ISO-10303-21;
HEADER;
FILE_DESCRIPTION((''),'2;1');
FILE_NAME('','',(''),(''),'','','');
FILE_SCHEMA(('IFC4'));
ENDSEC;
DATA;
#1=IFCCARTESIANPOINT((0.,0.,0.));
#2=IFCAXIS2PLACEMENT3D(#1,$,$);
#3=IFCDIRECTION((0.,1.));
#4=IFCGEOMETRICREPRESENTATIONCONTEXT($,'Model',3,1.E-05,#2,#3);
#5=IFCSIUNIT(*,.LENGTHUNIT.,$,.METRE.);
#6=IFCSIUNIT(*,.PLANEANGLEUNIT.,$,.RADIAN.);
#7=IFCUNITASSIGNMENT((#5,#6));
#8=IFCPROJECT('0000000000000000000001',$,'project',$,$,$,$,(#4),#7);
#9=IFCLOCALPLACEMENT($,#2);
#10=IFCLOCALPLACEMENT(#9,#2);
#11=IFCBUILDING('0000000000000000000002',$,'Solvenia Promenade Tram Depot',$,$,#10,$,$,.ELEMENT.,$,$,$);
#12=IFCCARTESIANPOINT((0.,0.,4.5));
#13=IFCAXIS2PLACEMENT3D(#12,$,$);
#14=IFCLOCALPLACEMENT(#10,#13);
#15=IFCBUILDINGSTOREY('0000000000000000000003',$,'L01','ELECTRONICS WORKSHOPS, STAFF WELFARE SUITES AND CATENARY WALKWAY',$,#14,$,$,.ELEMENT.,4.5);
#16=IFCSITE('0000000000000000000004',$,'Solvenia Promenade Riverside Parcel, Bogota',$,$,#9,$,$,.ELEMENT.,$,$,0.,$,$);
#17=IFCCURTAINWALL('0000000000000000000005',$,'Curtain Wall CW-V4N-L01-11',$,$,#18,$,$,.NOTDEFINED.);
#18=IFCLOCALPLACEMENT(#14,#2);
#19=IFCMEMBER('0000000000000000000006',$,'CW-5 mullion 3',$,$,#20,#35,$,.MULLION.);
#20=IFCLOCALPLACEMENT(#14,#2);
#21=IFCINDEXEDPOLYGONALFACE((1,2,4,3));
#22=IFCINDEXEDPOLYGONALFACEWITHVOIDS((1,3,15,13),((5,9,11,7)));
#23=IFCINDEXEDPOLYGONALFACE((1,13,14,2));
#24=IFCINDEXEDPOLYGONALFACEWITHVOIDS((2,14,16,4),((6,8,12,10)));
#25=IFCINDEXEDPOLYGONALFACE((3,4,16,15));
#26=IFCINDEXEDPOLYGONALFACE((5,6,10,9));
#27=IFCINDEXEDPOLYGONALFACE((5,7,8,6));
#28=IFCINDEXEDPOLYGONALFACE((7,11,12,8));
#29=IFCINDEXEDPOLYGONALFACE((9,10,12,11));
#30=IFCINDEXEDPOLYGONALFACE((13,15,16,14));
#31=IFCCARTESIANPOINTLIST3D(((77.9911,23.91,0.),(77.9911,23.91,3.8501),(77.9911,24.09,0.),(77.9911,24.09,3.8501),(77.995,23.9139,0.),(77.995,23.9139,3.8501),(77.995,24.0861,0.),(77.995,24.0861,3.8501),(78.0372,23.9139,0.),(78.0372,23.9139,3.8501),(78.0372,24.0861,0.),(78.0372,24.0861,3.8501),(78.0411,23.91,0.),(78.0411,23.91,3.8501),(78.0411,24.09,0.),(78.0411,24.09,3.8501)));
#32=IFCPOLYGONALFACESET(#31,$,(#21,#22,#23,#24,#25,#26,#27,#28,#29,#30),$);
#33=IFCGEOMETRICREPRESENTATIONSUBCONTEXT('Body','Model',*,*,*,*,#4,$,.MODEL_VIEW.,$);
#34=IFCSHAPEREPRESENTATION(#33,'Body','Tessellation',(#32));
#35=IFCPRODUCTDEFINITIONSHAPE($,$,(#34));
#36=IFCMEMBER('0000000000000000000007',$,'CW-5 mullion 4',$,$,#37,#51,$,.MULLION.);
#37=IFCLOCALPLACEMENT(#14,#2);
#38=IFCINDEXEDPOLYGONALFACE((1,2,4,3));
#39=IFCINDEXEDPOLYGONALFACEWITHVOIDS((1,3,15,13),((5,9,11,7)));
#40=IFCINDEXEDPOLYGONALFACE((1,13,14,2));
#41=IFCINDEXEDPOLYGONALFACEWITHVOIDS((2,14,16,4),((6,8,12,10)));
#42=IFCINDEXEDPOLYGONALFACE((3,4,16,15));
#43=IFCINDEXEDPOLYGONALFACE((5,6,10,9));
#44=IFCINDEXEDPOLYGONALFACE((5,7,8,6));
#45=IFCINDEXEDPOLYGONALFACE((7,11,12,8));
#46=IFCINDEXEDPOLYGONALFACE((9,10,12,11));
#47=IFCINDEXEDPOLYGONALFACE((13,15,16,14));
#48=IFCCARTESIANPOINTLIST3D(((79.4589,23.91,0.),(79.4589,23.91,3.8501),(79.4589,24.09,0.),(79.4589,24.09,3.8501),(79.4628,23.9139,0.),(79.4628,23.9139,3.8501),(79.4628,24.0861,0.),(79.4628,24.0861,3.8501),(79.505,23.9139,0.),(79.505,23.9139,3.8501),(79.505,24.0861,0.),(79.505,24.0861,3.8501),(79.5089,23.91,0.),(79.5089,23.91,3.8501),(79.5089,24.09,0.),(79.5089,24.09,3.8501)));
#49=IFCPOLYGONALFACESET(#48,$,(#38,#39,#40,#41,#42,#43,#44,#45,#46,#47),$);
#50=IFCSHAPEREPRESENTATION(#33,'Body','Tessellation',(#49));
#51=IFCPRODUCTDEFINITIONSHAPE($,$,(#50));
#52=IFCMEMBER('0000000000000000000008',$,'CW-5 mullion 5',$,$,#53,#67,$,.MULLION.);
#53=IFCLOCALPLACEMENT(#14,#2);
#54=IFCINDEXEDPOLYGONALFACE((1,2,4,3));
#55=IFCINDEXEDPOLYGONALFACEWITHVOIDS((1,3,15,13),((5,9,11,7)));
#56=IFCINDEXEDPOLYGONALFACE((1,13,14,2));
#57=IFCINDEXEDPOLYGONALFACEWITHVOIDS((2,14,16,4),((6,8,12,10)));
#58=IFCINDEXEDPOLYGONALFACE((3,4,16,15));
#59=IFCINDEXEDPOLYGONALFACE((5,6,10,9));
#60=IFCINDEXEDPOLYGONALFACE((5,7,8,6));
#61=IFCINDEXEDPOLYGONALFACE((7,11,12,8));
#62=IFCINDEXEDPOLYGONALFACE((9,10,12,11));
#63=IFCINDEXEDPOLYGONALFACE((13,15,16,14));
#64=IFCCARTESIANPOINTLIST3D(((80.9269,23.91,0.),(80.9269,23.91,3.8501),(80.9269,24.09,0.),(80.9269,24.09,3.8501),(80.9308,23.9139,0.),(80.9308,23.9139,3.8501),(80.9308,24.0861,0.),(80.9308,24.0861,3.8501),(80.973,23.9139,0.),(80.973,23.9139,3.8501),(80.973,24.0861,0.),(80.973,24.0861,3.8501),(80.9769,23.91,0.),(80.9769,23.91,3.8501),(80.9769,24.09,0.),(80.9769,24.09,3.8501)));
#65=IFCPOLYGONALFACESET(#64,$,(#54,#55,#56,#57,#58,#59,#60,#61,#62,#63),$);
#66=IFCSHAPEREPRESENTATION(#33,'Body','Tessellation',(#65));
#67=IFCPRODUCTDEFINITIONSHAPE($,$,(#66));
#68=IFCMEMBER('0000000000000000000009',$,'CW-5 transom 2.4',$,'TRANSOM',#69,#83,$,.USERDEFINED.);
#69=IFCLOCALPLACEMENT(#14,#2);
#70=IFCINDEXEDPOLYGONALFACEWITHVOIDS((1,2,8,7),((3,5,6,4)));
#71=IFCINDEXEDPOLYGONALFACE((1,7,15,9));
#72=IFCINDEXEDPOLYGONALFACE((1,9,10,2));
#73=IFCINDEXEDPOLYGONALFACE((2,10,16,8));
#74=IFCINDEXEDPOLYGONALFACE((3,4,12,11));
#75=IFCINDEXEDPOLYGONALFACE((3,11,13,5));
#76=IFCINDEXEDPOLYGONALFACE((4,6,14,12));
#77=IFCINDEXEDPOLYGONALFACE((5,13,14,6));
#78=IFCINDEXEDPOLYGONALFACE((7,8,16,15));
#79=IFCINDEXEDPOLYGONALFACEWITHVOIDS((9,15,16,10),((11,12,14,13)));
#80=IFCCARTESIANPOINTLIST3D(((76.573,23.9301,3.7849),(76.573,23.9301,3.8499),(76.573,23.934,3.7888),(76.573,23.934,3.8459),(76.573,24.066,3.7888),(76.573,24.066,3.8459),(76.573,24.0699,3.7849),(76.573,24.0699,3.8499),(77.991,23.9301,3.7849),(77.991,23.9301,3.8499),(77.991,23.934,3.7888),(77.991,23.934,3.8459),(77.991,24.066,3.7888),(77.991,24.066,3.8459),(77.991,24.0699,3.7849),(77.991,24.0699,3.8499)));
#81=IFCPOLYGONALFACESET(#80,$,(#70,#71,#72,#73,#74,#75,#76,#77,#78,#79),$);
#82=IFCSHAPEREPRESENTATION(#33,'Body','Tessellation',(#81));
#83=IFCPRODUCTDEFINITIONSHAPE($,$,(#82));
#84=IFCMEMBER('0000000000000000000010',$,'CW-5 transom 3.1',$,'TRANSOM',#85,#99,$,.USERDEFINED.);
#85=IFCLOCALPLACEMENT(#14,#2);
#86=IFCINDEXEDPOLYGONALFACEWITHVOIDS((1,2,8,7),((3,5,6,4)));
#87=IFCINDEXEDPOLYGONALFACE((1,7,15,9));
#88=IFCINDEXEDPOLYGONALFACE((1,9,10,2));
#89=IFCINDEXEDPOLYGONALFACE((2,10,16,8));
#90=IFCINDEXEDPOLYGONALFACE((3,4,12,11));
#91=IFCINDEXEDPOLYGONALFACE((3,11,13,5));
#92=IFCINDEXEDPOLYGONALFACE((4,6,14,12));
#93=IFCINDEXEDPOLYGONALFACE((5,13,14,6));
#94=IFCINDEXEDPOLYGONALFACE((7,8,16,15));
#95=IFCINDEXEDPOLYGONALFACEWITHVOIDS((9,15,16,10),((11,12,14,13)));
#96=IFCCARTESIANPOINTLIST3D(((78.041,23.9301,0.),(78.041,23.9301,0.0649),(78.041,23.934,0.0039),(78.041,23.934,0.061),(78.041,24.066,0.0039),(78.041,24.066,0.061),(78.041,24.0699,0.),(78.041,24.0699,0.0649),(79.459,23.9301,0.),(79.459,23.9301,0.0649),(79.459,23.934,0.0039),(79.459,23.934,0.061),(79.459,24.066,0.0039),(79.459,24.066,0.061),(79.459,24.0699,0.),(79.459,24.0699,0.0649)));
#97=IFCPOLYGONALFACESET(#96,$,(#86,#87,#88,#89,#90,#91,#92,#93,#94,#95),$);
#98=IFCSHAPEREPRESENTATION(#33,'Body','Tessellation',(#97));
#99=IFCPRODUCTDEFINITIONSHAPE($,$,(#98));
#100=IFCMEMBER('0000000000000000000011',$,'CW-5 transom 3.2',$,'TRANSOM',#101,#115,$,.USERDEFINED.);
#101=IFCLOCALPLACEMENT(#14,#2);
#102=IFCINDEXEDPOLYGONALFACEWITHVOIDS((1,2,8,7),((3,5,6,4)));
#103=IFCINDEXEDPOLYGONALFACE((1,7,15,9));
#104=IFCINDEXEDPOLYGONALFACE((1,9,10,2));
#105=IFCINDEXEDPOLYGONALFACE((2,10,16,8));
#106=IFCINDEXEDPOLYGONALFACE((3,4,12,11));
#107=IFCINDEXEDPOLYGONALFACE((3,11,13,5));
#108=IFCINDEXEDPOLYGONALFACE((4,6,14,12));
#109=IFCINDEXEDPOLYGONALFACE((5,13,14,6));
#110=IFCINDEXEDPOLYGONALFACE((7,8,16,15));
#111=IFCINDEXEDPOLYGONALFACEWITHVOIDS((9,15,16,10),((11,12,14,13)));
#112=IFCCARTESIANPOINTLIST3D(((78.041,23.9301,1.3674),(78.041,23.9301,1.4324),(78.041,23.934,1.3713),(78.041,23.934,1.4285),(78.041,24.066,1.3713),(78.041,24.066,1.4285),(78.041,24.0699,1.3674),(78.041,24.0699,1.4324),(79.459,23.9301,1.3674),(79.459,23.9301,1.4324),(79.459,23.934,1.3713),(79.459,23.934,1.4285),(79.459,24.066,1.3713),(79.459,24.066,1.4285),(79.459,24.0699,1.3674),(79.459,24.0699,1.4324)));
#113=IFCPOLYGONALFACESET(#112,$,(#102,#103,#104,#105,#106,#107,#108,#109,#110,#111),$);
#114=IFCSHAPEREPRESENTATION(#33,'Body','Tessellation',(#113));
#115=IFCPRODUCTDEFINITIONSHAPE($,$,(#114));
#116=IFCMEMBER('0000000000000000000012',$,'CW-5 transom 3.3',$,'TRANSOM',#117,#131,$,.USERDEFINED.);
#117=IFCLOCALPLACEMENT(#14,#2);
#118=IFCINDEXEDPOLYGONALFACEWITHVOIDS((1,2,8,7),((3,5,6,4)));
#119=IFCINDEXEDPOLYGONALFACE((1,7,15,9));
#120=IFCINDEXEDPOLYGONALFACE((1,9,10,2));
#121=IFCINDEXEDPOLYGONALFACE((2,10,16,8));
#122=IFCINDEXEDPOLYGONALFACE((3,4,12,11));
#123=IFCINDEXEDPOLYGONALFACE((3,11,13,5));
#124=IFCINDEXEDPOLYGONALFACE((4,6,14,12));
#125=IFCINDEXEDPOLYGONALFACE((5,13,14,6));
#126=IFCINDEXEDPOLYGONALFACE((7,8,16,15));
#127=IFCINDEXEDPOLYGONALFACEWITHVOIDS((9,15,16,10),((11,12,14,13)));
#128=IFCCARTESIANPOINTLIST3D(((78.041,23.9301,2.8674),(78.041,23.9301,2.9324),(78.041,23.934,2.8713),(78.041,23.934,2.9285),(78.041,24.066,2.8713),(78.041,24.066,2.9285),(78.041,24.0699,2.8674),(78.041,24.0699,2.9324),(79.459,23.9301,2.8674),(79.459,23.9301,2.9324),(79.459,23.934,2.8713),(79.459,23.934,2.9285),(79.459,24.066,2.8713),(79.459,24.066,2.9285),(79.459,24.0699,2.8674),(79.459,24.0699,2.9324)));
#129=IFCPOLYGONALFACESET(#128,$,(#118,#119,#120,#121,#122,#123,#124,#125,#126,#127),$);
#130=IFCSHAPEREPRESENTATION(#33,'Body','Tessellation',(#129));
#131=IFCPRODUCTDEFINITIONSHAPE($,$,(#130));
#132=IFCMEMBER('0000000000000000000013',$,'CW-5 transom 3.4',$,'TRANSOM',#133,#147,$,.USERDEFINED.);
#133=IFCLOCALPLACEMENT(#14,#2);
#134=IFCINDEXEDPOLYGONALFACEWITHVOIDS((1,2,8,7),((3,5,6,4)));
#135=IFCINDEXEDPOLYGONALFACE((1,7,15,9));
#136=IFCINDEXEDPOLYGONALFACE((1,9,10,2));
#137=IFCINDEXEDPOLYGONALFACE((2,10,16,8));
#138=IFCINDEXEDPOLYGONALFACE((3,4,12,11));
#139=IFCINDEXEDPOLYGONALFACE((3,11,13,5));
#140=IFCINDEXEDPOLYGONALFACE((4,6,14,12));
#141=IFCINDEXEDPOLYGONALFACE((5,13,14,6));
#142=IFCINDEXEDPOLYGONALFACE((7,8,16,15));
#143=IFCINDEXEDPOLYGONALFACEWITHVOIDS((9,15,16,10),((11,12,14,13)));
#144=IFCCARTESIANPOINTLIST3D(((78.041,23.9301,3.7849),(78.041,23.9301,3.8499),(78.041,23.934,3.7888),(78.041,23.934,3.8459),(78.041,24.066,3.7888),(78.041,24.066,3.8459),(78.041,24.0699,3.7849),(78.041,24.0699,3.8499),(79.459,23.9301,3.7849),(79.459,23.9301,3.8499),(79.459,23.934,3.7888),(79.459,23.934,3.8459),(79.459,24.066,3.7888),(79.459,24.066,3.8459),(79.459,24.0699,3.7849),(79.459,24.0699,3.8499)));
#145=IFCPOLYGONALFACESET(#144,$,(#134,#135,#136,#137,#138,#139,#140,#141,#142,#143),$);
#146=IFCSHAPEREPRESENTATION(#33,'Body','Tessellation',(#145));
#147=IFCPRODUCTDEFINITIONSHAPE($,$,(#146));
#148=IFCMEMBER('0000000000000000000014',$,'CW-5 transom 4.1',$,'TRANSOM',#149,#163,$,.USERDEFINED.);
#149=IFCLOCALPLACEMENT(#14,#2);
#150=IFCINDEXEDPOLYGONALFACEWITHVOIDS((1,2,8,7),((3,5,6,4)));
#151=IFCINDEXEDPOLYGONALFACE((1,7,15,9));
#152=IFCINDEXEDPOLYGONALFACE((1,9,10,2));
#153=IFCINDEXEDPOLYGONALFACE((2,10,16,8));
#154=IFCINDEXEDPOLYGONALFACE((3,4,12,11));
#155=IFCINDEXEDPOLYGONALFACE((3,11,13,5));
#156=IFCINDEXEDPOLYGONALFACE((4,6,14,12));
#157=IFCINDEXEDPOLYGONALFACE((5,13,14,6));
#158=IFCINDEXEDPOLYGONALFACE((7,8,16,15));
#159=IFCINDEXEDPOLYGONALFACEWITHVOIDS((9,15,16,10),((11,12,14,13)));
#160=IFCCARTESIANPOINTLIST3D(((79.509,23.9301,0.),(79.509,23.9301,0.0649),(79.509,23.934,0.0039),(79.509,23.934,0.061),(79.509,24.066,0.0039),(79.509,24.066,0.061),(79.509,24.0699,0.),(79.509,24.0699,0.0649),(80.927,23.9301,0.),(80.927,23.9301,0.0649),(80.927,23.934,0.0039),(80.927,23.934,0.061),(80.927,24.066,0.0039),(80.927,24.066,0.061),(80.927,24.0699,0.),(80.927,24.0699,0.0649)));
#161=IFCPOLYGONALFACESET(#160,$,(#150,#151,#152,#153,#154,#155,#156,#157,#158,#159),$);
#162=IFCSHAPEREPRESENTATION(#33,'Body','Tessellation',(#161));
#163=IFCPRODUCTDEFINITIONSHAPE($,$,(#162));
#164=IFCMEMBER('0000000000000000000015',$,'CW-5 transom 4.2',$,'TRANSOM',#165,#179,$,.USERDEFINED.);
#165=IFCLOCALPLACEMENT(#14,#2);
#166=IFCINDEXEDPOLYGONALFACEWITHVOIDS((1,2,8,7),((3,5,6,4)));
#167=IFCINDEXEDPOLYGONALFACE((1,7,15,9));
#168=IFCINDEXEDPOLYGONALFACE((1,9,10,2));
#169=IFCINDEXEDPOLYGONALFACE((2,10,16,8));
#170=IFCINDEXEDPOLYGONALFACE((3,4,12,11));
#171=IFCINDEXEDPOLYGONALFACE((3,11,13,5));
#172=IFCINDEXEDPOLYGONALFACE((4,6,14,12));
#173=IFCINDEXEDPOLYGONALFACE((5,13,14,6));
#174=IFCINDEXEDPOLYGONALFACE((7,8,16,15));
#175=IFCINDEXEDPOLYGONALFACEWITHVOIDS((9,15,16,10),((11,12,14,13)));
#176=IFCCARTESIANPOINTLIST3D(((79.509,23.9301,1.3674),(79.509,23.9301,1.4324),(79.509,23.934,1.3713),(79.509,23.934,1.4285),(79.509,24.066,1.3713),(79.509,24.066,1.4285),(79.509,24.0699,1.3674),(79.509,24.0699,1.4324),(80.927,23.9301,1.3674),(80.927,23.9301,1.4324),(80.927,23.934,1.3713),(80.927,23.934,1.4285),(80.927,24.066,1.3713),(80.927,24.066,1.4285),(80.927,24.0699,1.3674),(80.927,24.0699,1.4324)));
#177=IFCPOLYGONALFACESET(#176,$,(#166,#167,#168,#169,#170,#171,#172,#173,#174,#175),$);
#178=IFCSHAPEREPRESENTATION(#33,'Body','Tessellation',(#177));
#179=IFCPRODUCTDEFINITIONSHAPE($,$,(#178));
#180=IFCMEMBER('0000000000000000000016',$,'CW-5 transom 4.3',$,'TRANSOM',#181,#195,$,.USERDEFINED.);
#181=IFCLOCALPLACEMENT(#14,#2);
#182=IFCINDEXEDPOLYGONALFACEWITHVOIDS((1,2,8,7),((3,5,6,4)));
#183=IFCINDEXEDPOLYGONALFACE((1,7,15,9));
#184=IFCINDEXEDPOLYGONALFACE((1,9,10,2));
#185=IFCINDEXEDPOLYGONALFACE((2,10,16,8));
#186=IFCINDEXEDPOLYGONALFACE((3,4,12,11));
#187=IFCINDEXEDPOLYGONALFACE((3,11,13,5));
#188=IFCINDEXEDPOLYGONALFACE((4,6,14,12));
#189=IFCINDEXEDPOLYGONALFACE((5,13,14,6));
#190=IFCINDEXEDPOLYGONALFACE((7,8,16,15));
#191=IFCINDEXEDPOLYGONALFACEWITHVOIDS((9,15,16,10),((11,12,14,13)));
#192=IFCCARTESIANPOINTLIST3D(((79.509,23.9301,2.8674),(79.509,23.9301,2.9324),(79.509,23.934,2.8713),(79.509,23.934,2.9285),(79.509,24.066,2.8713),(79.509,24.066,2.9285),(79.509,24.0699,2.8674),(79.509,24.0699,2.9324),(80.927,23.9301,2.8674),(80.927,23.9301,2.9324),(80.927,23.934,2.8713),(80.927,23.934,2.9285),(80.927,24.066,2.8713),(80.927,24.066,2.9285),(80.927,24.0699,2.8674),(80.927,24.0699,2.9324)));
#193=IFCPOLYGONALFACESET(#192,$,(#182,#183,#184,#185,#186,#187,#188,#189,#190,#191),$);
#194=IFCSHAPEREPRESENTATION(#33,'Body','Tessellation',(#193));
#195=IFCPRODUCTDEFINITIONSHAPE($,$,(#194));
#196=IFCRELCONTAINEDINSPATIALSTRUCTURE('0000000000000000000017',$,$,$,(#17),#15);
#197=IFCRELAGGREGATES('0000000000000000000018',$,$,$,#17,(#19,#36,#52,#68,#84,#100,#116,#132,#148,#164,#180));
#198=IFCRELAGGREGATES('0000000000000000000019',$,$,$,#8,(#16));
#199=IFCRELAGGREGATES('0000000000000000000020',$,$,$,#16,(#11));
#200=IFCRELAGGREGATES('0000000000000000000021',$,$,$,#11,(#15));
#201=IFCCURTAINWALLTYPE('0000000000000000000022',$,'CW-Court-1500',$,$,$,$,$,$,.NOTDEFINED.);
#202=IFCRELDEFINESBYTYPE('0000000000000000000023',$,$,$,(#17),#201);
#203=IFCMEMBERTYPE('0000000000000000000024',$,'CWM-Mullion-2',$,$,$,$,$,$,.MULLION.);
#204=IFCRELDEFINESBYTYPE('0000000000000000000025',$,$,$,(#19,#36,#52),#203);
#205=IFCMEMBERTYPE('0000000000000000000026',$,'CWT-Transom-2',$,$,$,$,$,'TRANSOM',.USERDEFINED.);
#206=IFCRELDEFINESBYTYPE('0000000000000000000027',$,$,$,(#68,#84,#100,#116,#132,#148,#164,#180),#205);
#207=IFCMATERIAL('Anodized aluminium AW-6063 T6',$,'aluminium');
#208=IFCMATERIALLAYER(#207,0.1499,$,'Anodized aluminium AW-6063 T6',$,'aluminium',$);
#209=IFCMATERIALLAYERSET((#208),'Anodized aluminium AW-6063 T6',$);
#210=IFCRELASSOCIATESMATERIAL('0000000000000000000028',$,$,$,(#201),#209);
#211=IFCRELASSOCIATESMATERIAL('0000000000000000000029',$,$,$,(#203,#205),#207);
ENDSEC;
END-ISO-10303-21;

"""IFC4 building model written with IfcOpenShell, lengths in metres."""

from ifc_helpers import new_model, si_unit, direction, frame, origin, origin_2d, place, context, subcontext, project, spatial, hollow_rectangle, extrude, material, layer, layer_set, material_profile, profile_set, type_object, element, aggregate, save


model = new_model("IFC4")

# Units and contexts
model_context = context("Model", 3, precision=1e-05, world=origin(), true_north=direction((0.0, 1.0)))
body_context = subcontext(model_context, "Body", "Model", "MODEL_VIEW")
ifc_project = project(units=[si_unit("LENGTHUNIT", "METRE"), si_unit("PLANEANGLEUNIT", "RADIAN")], contexts=[model_context])

# Site, building, storey
site_placement = place(None, origin())
site = spatial("IfcSite", under=ifc_project, at=site_placement, Name="Solvenia Promenade Riverside Parcel, Bogota", CompositionType="ELEMENT", RefElevation=0.0)
building_placement = place(site_placement, origin())
building = spatial("IfcBuilding", under=site, at=building_placement, Name="Solvenia Promenade Tram Depot", CompositionType="ELEMENT")
storey_placement = place(building_placement, frame((0.0, 0.0, 4.5)))
storey = spatial("IfcBuildingStorey", under=building, at=storey_placement, Name="L01", Description="ELECTRONICS WORKSHOPS, STAFF WELFARE SUITES AND CATENARY WALKWAY", CompositionType="ELEMENT", Elevation=4.5)

# Curtain wall, members
ifc_material_1 = material(Name="Anodized aluminium AW-6063 T6", Category="aluminium")
ifc_layer_1 = layer(ifc_material_1, 0.1499, Name="Anodized aluminium AW-6063 T6", Category="aluminium")
ifc_layer_set_1 = layer_set([ifc_layer_1], Name="Anodized aluminium AW-6063 T6")
curtain_wall_type = type_object("IfcCurtainWallType", Name="CW-Court-1500", PredefinedType="NOTDEFINED", material=ifc_layer_set_1)
curtain_wall_placement = place(storey_placement, origin())
curtain_wall = element("IfcCurtainWall", 1, at=curtain_wall_placement, inside=storey, type_object=curtain_wall_type, Name="Curtain Wall CW-V4N-L01-11", PredefinedType="NOTDEFINED")
ifc_material_profile_1 = material_profile(ifc_material_1, hollow_rectangle(XDim=0.1799, YDim=0.05, WallThickness=0.0039, at=origin_2d()), Name="ALU-M2", Category="aluminium")
ifc_profile_set_1 = profile_set([ifc_material_profile_1], Name="Anodized aluminium AW-6063 T6")
member_type_1 = type_object("IfcMemberType", Name="CWM-Mullion-2", PredefinedType="MULLION", material=ifc_profile_set_1)
member_1_placement = place(storey_placement, frame((78.0161, 24.0, 0.0), z_axis=(0.0, 0.0, 1.0), x_axis=(0.0, 1.0, 0.0)))
member_1 = element("IfcMember", 2, at=member_1_placement, type_object=member_type_1, Name="CW-5 mullion 3", PredefinedType="MULLION", context=body_context, shape_type="SweptSolid", body=[
    extrude(hollow_rectangle(XDim=0.1799, YDim=0.05, WallThickness=0.0039, at=origin_2d()), origin(), (0.0, 0.0, 1.0), 3.8501),
])
member_2_placement = place(storey_placement, frame((79.4839, 24.0, 0.0), z_axis=(0.0, 0.0, 1.0), x_axis=(0.0, 1.0, 0.0)))
member_2 = element("IfcMember", 3, at=member_2_placement, type_object=member_type_1, Name="CW-5 mullion 4", PredefinedType="MULLION", context=body_context, shape_type="SweptSolid", body=[
    extrude(hollow_rectangle(XDim=0.1799, YDim=0.05, WallThickness=0.0039, at=origin_2d()), origin(), (0.0, 0.0, 1.0), 3.8501),
])
member_3_placement = place(storey_placement, frame((80.9519, 24.0, 0.0), z_axis=(0.0, 0.0, 1.0), x_axis=(0.0, 1.0, 0.0)))
member_3 = element("IfcMember", 4, at=member_3_placement, type_object=member_type_1, Name="CW-5 mullion 5", PredefinedType="MULLION", context=body_context, shape_type="SweptSolid", body=[
    extrude(hollow_rectangle(XDim=0.1799, YDim=0.05, WallThickness=0.0039, at=origin_2d()), origin(), (0.0, 0.0, 1.0), 3.8501),
])
ifc_material_profile_2 = material_profile(ifc_material_1, hollow_rectangle(XDim=0.1399, YDim=0.0649, WallThickness=0.0039, at=origin_2d()), Name="ALU-T2", Category="aluminium")
ifc_profile_set_2 = profile_set([ifc_material_profile_2], Name="Anodized aluminium AW-6063 T6")
member_type_2 = type_object("IfcMemberType", Name="CWT-Transom-2", ElementType="TRANSOM", PredefinedType="USERDEFINED", material=ifc_profile_set_2)
member_4_placement = place(storey_placement, frame((76.573, 24.0, 3.8174), z_axis=(1.0, 0.0, 0.0), x_axis=(0.0, 1.0, 0.0)))
member_4 = element("IfcMember", 5, at=member_4_placement, type_object=member_type_2, Name="CW-5 transom 2.4", ObjectType="TRANSOM", PredefinedType="USERDEFINED", context=body_context, shape_type="SweptSolid", body=[
    extrude(hollow_rectangle(XDim=0.1399, YDim=0.0649, WallThickness=0.0039, at=origin_2d()), origin(), (0.0, 0.0, 1.0), 1.418),
])
member_5_placement = place(storey_placement, frame((78.041, 24.0, 0.0325), z_axis=(1.0, 0.0, 0.0), x_axis=(0.0, 1.0, 0.0)))
member_5 = element("IfcMember", 6, at=member_5_placement, type_object=member_type_2, Name="CW-5 transom 3.1", ObjectType="TRANSOM", PredefinedType="USERDEFINED", context=body_context, shape_type="SweptSolid", body=[
    extrude(hollow_rectangle(XDim=0.1399, YDim=0.0649, WallThickness=0.0039, at=origin_2d()), origin(), (0.0, 0.0, 1.0), 1.418),
])
member_6_placement = place(storey_placement, frame((78.041, 24.0, 1.3999), z_axis=(1.0, 0.0, 0.0), x_axis=(0.0, 1.0, 0.0)))
member_6 = element("IfcMember", 7, at=member_6_placement, type_object=member_type_2, Name="CW-5 transom 3.2", ObjectType="TRANSOM", PredefinedType="USERDEFINED", context=body_context, shape_type="SweptSolid", body=[
    extrude(hollow_rectangle(XDim=0.1399, YDim=0.0649, WallThickness=0.0039, at=origin_2d()), origin(), (0.0, 0.0, 1.0), 1.418),
])
member_7_placement = place(storey_placement, frame((78.041, 24.0, 2.8999), z_axis=(1.0, 0.0, 0.0), x_axis=(0.0, 1.0, 0.0)))
member_7 = element("IfcMember", 8, at=member_7_placement, type_object=member_type_2, Name="CW-5 transom 3.3", ObjectType="TRANSOM", PredefinedType="USERDEFINED", context=body_context, shape_type="SweptSolid", body=[
    extrude(hollow_rectangle(XDim=0.1399, YDim=0.0649, WallThickness=0.0039, at=origin_2d()), origin(), (0.0, 0.0, 1.0), 1.418),
])
member_8_placement = place(storey_placement, frame((78.041, 24.0, 3.8174), z_axis=(1.0, 0.0, 0.0), x_axis=(0.0, 1.0, 0.0)))
member_8 = element("IfcMember", 9, at=member_8_placement, type_object=member_type_2, Name="CW-5 transom 3.4", ObjectType="TRANSOM", PredefinedType="USERDEFINED", context=body_context, shape_type="SweptSolid", body=[
    extrude(hollow_rectangle(XDim=0.1399, YDim=0.0649, WallThickness=0.0039, at=origin_2d()), origin(), (0.0, 0.0, 1.0), 1.418),
])
member_9_placement = place(storey_placement, frame((79.509, 24.0, 0.0325), z_axis=(1.0, 0.0, 0.0), x_axis=(0.0, 1.0, 0.0)))
member_9 = element("IfcMember", 10, at=member_9_placement, type_object=member_type_2, Name="CW-5 transom 4.1", ObjectType="TRANSOM", PredefinedType="USERDEFINED", context=body_context, shape_type="SweptSolid", body=[
    extrude(hollow_rectangle(XDim=0.1399, YDim=0.0649, WallThickness=0.0039, at=origin_2d()), origin(), (0.0, 0.0, 1.0), 1.418),
])
member_10_placement = place(storey_placement, frame((79.509, 24.0, 1.3999), z_axis=(1.0, 0.0, 0.0), x_axis=(0.0, 1.0, 0.0)))
member_10 = element("IfcMember", 11, at=member_10_placement, type_object=member_type_2, Name="CW-5 transom 4.2", ObjectType="TRANSOM", PredefinedType="USERDEFINED", context=body_context, shape_type="SweptSolid", body=[
    extrude(hollow_rectangle(XDim=0.1399, YDim=0.0649, WallThickness=0.0039, at=origin_2d()), origin(), (0.0, 0.0, 1.0), 1.418),
])
member_11_placement = place(storey_placement, frame((79.509, 24.0, 2.8999), z_axis=(1.0, 0.0, 0.0), x_axis=(0.0, 1.0, 0.0)))
member_11 = element("IfcMember", 12, at=member_11_placement, type_object=member_type_2, Name="CW-5 transom 4.3", ObjectType="TRANSOM", PredefinedType="USERDEFINED", context=body_context, shape_type="SweptSolid", body=[
    extrude(hollow_rectangle(XDim=0.1399, YDim=0.0649, WallThickness=0.0039, at=origin_2d()), origin(), (0.0, 0.0, 1.0), 1.418),
])
aggregate(curtain_wall, [member_1, member_2, member_3, member_4, member_5, member_6, member_7, member_8, member_9, member_10, member_11])

save(model, "model.ifc")
